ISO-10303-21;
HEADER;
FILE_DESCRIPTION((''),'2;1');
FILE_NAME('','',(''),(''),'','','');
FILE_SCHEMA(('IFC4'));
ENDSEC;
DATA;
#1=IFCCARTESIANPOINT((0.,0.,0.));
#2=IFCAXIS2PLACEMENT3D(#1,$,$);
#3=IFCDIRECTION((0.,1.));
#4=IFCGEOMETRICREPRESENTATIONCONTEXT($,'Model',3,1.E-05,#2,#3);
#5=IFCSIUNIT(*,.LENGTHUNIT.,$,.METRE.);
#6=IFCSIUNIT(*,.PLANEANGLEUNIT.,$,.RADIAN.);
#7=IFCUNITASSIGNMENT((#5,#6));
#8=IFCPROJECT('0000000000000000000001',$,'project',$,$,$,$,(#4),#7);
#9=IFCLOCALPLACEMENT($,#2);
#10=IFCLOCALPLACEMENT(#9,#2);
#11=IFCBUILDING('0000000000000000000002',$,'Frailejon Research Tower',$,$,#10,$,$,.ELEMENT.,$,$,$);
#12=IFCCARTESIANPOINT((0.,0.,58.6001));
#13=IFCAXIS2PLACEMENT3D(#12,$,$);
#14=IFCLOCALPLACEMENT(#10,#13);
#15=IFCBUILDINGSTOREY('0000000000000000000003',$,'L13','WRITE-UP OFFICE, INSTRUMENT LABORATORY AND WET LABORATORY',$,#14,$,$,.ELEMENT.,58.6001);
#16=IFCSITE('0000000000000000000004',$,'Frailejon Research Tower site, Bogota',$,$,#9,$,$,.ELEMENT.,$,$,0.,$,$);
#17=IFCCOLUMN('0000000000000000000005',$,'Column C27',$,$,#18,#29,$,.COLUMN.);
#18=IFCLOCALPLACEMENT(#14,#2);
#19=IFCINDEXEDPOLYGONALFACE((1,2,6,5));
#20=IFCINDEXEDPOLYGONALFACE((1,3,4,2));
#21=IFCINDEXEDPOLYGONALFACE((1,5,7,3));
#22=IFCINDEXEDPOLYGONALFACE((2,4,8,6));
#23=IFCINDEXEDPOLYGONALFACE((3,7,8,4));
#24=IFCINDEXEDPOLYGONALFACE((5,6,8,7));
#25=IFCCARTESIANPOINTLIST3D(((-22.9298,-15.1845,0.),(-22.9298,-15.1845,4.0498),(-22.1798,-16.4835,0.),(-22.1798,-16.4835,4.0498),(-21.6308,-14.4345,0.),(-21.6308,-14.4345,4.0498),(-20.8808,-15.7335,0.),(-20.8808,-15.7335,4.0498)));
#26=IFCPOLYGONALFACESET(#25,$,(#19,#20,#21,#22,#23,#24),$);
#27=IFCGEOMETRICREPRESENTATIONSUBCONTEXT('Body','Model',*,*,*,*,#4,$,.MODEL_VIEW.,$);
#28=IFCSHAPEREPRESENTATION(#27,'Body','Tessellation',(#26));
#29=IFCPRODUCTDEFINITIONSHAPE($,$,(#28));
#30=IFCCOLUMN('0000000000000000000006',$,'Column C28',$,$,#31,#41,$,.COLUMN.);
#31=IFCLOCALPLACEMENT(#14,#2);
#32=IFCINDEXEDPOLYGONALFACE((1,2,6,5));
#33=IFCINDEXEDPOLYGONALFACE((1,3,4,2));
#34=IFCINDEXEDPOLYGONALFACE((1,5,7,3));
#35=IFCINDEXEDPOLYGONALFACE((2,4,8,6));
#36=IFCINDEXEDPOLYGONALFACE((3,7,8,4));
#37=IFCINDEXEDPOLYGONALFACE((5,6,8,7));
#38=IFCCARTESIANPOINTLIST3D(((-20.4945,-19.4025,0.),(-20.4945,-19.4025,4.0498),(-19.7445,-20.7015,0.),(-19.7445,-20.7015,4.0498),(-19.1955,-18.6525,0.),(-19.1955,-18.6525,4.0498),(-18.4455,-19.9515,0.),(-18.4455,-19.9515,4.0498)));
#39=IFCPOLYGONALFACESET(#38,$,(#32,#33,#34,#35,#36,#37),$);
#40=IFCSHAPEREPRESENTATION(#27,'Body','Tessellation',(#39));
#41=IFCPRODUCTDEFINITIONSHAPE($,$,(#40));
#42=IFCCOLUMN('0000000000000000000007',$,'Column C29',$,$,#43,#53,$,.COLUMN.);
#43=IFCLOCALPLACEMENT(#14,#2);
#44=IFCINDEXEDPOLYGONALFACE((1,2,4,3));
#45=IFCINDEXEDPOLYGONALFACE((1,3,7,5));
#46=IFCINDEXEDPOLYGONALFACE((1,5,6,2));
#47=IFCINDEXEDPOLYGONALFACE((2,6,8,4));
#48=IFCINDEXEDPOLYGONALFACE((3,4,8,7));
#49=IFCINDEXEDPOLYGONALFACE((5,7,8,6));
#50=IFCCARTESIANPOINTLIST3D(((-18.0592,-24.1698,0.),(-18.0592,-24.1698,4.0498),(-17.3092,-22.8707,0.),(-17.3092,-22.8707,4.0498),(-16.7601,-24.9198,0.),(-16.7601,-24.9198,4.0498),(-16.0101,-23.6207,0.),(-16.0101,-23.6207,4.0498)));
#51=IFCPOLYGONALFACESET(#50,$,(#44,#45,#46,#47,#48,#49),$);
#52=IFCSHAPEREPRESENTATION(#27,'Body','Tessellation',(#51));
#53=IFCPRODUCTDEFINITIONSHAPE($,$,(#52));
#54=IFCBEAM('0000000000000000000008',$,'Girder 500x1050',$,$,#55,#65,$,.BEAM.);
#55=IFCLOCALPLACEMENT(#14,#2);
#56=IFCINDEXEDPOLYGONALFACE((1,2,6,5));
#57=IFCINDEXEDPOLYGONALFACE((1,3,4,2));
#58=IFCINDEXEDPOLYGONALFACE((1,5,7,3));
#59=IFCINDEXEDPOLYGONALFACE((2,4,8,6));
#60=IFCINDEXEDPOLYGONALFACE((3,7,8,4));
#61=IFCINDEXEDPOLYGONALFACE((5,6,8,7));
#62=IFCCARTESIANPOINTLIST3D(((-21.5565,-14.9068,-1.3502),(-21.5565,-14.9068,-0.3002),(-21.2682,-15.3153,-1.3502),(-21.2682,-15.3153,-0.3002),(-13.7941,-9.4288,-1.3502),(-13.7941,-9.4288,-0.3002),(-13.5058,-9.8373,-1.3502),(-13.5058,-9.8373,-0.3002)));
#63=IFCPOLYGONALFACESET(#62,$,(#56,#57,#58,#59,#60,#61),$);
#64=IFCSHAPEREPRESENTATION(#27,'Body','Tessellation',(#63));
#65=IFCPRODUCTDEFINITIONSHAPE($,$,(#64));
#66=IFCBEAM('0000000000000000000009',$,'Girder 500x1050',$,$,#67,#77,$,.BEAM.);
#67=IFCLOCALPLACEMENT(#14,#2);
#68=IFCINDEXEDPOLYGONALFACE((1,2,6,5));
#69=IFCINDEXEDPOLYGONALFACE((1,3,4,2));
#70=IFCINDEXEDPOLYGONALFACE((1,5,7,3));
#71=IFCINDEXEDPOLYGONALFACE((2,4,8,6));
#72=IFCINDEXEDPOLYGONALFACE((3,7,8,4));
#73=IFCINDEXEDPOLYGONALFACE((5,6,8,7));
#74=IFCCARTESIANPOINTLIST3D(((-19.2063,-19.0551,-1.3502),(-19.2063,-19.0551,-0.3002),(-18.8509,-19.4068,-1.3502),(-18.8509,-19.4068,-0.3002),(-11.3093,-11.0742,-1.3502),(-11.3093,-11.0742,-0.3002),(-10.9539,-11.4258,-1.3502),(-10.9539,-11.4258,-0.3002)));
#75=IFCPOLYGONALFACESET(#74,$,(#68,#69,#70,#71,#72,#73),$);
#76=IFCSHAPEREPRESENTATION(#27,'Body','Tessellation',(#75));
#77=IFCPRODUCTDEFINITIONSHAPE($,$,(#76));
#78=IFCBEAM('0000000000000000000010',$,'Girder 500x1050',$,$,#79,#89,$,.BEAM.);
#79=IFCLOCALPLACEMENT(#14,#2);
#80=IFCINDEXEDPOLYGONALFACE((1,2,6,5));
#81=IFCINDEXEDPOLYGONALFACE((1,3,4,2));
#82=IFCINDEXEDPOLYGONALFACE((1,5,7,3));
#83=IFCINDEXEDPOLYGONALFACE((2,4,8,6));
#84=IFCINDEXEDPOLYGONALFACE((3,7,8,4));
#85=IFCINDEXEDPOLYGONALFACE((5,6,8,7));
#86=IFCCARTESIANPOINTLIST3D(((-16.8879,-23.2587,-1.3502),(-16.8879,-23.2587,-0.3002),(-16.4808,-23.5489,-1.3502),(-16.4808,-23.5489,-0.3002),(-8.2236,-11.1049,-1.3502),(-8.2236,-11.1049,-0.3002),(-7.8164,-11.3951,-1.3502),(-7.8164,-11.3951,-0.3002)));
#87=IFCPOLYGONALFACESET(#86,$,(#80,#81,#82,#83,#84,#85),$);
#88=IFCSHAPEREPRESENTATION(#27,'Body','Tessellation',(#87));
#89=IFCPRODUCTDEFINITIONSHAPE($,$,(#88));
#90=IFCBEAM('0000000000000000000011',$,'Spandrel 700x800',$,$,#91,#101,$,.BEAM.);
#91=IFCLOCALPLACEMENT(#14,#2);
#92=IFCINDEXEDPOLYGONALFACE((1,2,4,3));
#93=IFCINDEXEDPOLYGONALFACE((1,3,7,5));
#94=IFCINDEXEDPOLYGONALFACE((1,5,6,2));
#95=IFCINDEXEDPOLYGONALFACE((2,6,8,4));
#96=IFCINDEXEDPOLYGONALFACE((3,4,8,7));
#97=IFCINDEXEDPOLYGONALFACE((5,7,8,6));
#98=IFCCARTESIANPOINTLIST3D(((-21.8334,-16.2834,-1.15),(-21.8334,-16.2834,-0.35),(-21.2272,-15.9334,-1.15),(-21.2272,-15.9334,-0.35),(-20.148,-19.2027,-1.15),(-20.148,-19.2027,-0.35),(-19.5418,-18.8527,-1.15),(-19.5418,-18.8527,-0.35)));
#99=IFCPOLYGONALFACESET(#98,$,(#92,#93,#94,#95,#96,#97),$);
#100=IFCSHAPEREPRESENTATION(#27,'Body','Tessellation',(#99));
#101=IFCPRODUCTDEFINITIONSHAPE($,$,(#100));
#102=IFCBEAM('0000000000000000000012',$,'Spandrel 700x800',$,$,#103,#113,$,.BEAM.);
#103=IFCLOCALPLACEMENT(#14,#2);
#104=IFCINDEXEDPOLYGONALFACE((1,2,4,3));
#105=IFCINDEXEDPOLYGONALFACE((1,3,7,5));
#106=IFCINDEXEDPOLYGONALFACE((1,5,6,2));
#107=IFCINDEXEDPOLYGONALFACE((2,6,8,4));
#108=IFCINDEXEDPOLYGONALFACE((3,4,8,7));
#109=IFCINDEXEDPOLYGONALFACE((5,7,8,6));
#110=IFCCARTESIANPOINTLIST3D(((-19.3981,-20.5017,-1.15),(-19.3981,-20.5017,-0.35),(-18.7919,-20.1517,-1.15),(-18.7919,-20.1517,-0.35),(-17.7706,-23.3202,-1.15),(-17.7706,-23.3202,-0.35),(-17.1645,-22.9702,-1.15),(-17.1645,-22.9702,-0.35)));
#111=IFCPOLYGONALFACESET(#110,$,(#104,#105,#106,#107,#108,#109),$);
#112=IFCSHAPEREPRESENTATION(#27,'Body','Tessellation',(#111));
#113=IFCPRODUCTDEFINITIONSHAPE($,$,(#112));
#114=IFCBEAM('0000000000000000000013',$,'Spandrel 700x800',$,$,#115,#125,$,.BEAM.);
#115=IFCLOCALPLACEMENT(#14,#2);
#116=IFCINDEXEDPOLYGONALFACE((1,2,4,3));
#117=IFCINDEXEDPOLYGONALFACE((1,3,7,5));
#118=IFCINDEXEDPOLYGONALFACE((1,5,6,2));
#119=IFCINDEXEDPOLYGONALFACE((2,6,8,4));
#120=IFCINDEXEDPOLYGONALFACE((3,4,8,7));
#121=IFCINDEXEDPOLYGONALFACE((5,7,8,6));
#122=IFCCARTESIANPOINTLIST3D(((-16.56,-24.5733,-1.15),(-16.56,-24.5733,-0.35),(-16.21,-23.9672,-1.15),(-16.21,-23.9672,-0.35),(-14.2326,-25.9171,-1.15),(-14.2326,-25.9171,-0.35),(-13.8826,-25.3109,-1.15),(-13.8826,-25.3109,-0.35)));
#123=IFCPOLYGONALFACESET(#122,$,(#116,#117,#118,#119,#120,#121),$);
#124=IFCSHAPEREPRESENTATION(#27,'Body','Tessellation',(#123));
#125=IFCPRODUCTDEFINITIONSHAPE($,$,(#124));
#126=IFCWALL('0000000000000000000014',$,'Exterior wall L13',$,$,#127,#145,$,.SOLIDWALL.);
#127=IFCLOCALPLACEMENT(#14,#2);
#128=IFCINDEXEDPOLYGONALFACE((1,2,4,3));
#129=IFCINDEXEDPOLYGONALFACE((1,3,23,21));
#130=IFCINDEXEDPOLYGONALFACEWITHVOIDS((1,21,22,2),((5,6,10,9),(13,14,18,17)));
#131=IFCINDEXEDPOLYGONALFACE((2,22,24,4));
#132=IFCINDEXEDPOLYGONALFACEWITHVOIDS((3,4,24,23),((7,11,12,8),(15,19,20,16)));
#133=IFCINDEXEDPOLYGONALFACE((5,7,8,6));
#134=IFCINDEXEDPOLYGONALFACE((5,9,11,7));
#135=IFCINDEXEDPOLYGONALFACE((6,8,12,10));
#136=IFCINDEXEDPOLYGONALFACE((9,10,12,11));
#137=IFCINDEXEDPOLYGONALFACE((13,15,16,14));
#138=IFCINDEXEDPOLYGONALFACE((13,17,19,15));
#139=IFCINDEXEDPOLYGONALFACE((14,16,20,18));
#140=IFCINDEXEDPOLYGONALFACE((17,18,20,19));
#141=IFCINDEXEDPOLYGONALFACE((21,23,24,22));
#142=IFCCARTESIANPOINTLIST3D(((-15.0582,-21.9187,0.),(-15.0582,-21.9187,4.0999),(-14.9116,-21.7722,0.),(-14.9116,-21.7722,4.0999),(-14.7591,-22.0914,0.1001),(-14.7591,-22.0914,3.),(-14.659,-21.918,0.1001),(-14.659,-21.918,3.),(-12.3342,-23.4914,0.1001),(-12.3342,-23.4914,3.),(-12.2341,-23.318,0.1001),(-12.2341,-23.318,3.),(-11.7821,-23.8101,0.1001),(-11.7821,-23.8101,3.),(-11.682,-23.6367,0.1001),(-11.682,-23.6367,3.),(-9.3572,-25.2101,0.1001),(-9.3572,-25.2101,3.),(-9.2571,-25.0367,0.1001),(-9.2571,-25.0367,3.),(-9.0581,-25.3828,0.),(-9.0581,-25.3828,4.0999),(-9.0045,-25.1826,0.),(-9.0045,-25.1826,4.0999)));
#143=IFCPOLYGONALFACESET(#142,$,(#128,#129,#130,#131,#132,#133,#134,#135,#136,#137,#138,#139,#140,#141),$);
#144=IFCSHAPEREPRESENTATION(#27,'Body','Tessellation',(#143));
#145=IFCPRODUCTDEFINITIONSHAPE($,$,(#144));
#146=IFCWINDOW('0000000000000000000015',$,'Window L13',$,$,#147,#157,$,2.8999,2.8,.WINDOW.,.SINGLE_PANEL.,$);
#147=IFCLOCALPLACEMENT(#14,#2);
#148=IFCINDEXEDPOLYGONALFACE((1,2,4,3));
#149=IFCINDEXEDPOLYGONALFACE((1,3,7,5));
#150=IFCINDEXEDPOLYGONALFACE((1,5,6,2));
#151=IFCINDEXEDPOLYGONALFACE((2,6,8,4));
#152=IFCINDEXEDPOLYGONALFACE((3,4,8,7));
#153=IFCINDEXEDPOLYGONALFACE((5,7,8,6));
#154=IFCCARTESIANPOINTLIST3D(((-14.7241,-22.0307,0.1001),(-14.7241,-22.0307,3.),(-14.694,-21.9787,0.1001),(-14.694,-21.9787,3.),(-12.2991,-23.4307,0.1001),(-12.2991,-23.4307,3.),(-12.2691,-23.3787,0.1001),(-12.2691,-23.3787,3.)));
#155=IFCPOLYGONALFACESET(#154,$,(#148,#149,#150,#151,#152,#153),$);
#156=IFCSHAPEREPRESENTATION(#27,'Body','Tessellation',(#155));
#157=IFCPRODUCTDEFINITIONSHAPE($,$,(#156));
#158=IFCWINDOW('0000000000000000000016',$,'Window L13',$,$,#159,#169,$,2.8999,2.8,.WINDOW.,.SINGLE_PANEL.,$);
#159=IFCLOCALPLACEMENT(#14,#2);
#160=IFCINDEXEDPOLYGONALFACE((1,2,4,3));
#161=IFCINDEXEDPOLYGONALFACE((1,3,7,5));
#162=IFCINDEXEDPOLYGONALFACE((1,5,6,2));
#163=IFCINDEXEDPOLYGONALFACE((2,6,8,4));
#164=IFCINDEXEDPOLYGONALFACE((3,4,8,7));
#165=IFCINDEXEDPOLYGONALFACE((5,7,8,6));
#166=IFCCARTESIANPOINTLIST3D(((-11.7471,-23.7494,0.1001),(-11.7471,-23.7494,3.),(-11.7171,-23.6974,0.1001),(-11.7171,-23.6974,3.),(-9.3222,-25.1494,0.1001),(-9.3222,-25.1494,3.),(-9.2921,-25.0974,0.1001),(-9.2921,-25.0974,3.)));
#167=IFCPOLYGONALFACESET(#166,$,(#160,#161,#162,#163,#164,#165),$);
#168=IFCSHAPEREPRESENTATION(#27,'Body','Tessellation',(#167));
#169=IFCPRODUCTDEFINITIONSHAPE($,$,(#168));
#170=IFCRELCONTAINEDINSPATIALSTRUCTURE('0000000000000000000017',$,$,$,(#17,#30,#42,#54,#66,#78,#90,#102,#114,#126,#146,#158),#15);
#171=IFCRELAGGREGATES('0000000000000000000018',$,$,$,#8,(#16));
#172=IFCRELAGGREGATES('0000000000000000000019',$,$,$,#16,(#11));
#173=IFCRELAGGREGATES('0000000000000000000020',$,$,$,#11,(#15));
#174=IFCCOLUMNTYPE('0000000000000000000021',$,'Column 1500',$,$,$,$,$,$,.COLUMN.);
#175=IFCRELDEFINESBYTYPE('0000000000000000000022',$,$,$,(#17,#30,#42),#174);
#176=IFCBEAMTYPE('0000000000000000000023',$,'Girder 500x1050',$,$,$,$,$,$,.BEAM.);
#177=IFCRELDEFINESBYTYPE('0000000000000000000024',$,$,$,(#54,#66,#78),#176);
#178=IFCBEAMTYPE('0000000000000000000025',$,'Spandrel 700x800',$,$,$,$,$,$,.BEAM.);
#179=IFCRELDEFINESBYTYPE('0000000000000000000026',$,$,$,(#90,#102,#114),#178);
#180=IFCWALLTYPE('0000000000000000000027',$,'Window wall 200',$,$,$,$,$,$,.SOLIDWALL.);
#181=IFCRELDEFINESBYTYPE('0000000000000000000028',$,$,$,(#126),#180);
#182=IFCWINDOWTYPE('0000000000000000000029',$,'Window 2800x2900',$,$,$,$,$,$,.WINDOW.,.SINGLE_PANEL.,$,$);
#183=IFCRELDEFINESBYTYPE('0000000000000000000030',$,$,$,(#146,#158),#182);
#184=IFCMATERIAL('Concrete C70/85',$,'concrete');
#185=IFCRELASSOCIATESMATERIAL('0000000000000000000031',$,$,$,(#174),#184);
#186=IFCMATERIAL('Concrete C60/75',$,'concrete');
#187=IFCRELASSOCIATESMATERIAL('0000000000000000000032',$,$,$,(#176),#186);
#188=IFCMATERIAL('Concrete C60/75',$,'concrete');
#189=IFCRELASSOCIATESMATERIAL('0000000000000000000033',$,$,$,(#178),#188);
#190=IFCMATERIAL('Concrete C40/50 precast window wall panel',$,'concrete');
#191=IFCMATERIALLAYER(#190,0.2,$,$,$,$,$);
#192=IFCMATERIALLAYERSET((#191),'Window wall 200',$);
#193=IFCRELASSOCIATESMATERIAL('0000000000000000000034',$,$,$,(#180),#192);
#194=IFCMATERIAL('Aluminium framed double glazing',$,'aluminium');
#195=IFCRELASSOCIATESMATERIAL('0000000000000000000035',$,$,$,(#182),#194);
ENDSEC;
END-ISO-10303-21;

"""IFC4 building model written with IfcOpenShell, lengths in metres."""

from ifc_helpers import new_model, si_unit, direction, frame, frame_2d, origin, origin_2d, place, context, subcontext, project, spatial, polyline, rectangle, outline, extrude, material, layer, layer_set, material_profile, profile_set, type_object, element, fill, save


model = new_model("IFC4")

# Units and contexts
model_context = context("Model", 3, precision=1e-05, world=origin(), true_north=direction((0.0, 1.0)))
body_context = subcontext(model_context, "Body", "Model", "MODEL_VIEW")
ifc_project = project(units=[si_unit("LENGTHUNIT", "METRE"), si_unit("PLANEANGLEUNIT", "RADIAN")], contexts=[model_context])

# Site, building, storey
site_placement = place(None, origin())
site = spatial("IfcSite", under=ifc_project, at=site_placement, Name="Frailejon Research Tower site, Bogota", CompositionType="ELEMENT", RefElevation=0.0)
building_placement = place(site_placement, origin())
building = spatial("IfcBuilding", under=site, at=building_placement, Name="Frailejon Research Tower", CompositionType="ELEMENT")
storey_placement = place(building_placement, frame((0.0, 0.0, 58.6001)))
storey = spatial("IfcBuildingStorey", under=building, at=storey_placement, Name="L13", Description="WRITE-UP OFFICE, INSTRUMENT LABORATORY AND WET LABORATORY", CompositionType="ELEMENT", Elevation=58.6001)

# Columns
ifc_material_1 = material(Name="Concrete C70/85", Category="concrete")
ifc_material_profile_1 = material_profile(ifc_material_1, rectangle(XDim=1.5, YDim=1.5, at=origin_2d()), Name="Column 1500")
ifc_profile_set_1 = profile_set([ifc_material_profile_1], Name="Concrete C70/85")
column_type = type_object("IfcColumnType", Name="Column 1500", PredefinedType="COLUMN", material=ifc_profile_set_1)
for number, where, z_axis, x_axis, name in (
    (1, (-21.9053, -15.459, 0.0), (0.0, 0.0, 1.0), (0.5, -0.866025, 0.0), "Column C27"),
    (2, (-19.47, -19.677, 0.0), (0.0, 0.0, 1.0), (0.5, -0.866025, 0.0), "Column C28"),
    (3, (-17.0347, -23.8953, 0.0), (0.0, 0.0, 1.0), (0.866025, -0.5, 0.0), "Column C29"),
):
    element("IfcColumn", number, at=place(storey_placement, frame(where, z_axis=z_axis, x_axis=x_axis)), inside=storey, type_object=column_type, Name=name, PredefinedType="COLUMN", context=body_context, shape_type="SweptSolid", body=[
        extrude(rectangle(XDim=1.5, YDim=1.5, at=origin_2d()), origin(), (0.0, 0.0, 1.0), 4.0498),
    ])

# Beams
ifc_material_2 = material(Name="Concrete C60/75", Category="concrete")
ifc_material_profile_2 = material_profile(ifc_material_2, rectangle(XDim=0.5, YDim=1.05, at=origin_2d()), Name="Girder 500x1050")
ifc_profile_set_2 = profile_set([ifc_material_profile_2], Name="Concrete C60/75")
beam_type_1 = type_object("IfcBeamType", Name="Girder 500x1050", PredefinedType="BEAM", material=ifc_profile_set_2)
beam_1_placement = place(storey_placement, frame((-21.4124, -15.1111, -0.8252), z_axis=(0.817035, 0.576588, 0.0), x_axis=(-0.576588, 0.817035, 0.0)))
element("IfcBeam", 4, at=beam_1_placement, inside=storey, type_object=beam_type_1, Name="Girder 500x1050", PredefinedType="BEAM", context=body_context, shape_type="SweptSolid", body=[
    extrude(rectangle(XDim=0.5, YDim=1.05, at=origin_2d()), origin(), (0.0, 0.0, 1.0), 9.5007),
])
beam_2_placement = place(storey_placement, frame((-19.0286, -19.231, -0.8252), z_axis=(0.703357, 0.710837, 0.0), x_axis=(-0.710837, 0.703357, 0.0)))
element("IfcBeam", 5, at=beam_2_placement, inside=storey, type_object=beam_type_1, Name="Girder 500x1050", PredefinedType="BEAM", context=body_context, shape_type="SweptSolid", body=[
    extrude(rectangle(XDim=0.5, YDim=1.05, at=origin_2d()), origin(), (0.0, 0.0, 1.0), 11.2275),
])
beam_3_placement = place(storey_placement, frame((-16.6843, -23.4038, -0.8252), z_axis=(0.580484, 0.814271, 0.0), x_axis=(-0.814271, 0.580484, 0.0)))
element("IfcBeam", 6, at=beam_3_placement, inside=storey, type_object=beam_type_1, Name="Girder 500x1050", PredefinedType="BEAM", context=body_context, shape_type="SweptSolid", body=[
    extrude(rectangle(XDim=0.5, YDim=1.05, at=origin_2d()), origin(), (0.0, 0.0, 1.0), 14.926),
])
ifc_material_3 = material(Name="Concrete C60/75", Category="concrete")
ifc_material_profile_3 = material_profile(ifc_material_3, rectangle(XDim=0.7, YDim=0.8, at=origin_2d()), Name="Spandrel 700x800")
ifc_profile_set_3 = profile_set([ifc_material_profile_3], Name="Concrete C60/75")
beam_type_2 = type_object("IfcBeamType", Name="Spandrel 700x800", PredefinedType="BEAM", material=ifc_profile_set_3)
beam_4_placement = place(storey_placement, frame((-21.5303, -16.1084, -0.75), z_axis=(0.49998, -0.866037, 0.0), x_axis=(0.866037, 0.49998, 0.0)))
element("IfcBeam", 7, at=beam_4_placement, inside=storey, type_object=beam_type_2, Name="Spandrel 700x800", PredefinedType="BEAM", context=body_context, shape_type="SweptSolid", body=[
    extrude(rectangle(XDim=0.7, YDim=0.8, at=origin_2d()), origin(), (0.0, 0.0, 1.0), 3.3708),
])
beam_5_placement = place(storey_placement, frame((-19.095, -20.3267, -0.75), z_axis=(0.500028, -0.866009, 0.0), x_axis=(0.866009, 0.500028, 0.0)))
element("IfcBeam", 8, at=beam_5_placement, inside=storey, type_object=beam_type_2, Name="Spandrel 700x800", PredefinedType="BEAM", context=body_context, shape_type="SweptSolid", body=[
    extrude(rectangle(XDim=0.7, YDim=0.8, at=origin_2d()), origin(), (0.0, 0.0, 1.0), 3.2546),
])
beam_6_placement = place(storey_placement, frame((-16.385, -24.2703, -0.75), z_axis=(0.866021, -0.500008, 0.0), x_axis=(0.500008, 0.866021, 0.0)))
element("IfcBeam", 9, at=beam_6_placement, inside=storey, type_object=beam_type_2, Name="Spandrel 700x800", PredefinedType="BEAM", context=body_context, shape_type="SweptSolid", body=[
    extrude(rectangle(XDim=0.7, YDim=0.8, at=origin_2d()), origin(), (0.0, 0.0, 1.0), 2.6875),
])

# Wall, openings, windows
ifc_material_4 = material(Name="Concrete C40/50 precast window wall panel", Category="concrete")
ifc_layer_1 = layer(ifc_material_4, 0.2)
ifc_layer_set_1 = layer_set([ifc_layer_1], Name="Window wall 200")
wall_type = type_object("IfcWallType", Name="Window wall 200", PredefinedType="SOLIDWALL", material=ifc_layer_set_1)
wall_placement = place(storey_placement, frame((-14.9849, -21.8455, 0.0), z_axis=(0.0, 0.0, 1.0), x_axis=(0.866029, -0.499993, 0.0)))
wall = element("IfcWall", 10, at=wall_placement, inside=storey, type_object=wall_type, Name="Exterior wall L13", PredefinedType="SOLIDWALL", context=body_context, shape_type="SweptSolid", body=[
    extrude(outline(polyline([(-0.0269, -0.1001), (1.1279, -0.1001), (2.2825, -0.1001), (3.4373, -0.1001), (4.592, -0.1001), (5.7466, -0.1001), (6.9014, -0.1001), (6.8477, 0.1001), (5.7109, 0.1001), (4.574, 0.1001), (3.4373, 0.1001), (2.3005, 0.1001), (1.1636, 0.1001), (0.0269, 0.1001), (-0.0269, -0.1001)])), origin(), (0.0, 0.0, 1.0), 4.0999),
])
opening_1_placement = place(wall_placement, frame((0.3186, 0.0, 0.1001)))
opening_1 = element("IfcOpeningElement", 11, at=opening_1_placement, cuts=wall, PredefinedType="OPENING", context=body_context, shape_type="SweptSolid", body=[
    extrude(rectangle(XDim=2.8, YDim=2.8999, at=frame_2d((1.3999, 1.45))), frame((0.0, 0.1099, 0.0), z_axis=(0.0, -1.0, 0.0), x_axis=(1.0, 0.0, 0.0)), (0.0, 0.0, 1.0), 0.22),
])
opening_2_placement = place(wall_placement, frame((3.7561, 0.0, 0.1001)))
opening_2 = element("IfcOpeningElement", 12, at=opening_2_placement, cuts=wall, PredefinedType="OPENING", context=body_context, shape_type="SweptSolid", body=[
    extrude(rectangle(XDim=2.8, YDim=2.8999, at=frame_2d((1.3999, 1.45))), frame((0.0, 0.1099, 0.0), z_axis=(0.0, -1.0, 0.0), x_axis=(1.0, 0.0, 0.0)), (0.0, 0.0, 1.0), 0.22),
])
ifc_material_5 = material(Name="Aluminium framed double glazing", Category="aluminium")
window_type = type_object("IfcWindowType", Name="Window 2800x2900", PartitioningType="SINGLE_PANEL", PredefinedType="WINDOW", material=ifc_material_5)
window_1_placement = place(opening_1_placement, origin())
window_1 = element("IfcWindow", 13, at=window_1_placement, inside=storey, type_object=window_type, Name="Window L13", OverallHeight=2.8999, OverallWidth=2.8, PartitioningType="SINGLE_PANEL", PredefinedType="WINDOW", context=body_context, shape_type="SweptSolid", body=[
    extrude(rectangle(XDim=2.8, YDim=2.8999, at=frame_2d((1.3999, 1.45))), frame((0.0, 0.03, 0.0), z_axis=(0.0, -1.0, 0.0), x_axis=(1.0, 0.0, 0.0)), (0.0, 0.0, 1.0), 0.0601),
])
fill(opening_1, window_1)
window_2_placement = place(opening_2_placement, origin())
window_2 = element("IfcWindow", 14, at=window_2_placement, inside=storey, type_object=window_type, Name="Window L13", OverallHeight=2.8999, OverallWidth=2.8, PartitioningType="SINGLE_PANEL", PredefinedType="WINDOW", context=body_context, shape_type="SweptSolid", body=[
    extrude(rectangle(XDim=2.8, YDim=2.8999, at=frame_2d((1.3999, 1.45))), frame((0.0, 0.03, 0.0), z_axis=(0.0, -1.0, 0.0), x_axis=(1.0, 0.0, 0.0)), (0.0, 0.0, 1.0), 0.0601),
])
fill(opening_2, window_2)

save(model, "model.ifc")
